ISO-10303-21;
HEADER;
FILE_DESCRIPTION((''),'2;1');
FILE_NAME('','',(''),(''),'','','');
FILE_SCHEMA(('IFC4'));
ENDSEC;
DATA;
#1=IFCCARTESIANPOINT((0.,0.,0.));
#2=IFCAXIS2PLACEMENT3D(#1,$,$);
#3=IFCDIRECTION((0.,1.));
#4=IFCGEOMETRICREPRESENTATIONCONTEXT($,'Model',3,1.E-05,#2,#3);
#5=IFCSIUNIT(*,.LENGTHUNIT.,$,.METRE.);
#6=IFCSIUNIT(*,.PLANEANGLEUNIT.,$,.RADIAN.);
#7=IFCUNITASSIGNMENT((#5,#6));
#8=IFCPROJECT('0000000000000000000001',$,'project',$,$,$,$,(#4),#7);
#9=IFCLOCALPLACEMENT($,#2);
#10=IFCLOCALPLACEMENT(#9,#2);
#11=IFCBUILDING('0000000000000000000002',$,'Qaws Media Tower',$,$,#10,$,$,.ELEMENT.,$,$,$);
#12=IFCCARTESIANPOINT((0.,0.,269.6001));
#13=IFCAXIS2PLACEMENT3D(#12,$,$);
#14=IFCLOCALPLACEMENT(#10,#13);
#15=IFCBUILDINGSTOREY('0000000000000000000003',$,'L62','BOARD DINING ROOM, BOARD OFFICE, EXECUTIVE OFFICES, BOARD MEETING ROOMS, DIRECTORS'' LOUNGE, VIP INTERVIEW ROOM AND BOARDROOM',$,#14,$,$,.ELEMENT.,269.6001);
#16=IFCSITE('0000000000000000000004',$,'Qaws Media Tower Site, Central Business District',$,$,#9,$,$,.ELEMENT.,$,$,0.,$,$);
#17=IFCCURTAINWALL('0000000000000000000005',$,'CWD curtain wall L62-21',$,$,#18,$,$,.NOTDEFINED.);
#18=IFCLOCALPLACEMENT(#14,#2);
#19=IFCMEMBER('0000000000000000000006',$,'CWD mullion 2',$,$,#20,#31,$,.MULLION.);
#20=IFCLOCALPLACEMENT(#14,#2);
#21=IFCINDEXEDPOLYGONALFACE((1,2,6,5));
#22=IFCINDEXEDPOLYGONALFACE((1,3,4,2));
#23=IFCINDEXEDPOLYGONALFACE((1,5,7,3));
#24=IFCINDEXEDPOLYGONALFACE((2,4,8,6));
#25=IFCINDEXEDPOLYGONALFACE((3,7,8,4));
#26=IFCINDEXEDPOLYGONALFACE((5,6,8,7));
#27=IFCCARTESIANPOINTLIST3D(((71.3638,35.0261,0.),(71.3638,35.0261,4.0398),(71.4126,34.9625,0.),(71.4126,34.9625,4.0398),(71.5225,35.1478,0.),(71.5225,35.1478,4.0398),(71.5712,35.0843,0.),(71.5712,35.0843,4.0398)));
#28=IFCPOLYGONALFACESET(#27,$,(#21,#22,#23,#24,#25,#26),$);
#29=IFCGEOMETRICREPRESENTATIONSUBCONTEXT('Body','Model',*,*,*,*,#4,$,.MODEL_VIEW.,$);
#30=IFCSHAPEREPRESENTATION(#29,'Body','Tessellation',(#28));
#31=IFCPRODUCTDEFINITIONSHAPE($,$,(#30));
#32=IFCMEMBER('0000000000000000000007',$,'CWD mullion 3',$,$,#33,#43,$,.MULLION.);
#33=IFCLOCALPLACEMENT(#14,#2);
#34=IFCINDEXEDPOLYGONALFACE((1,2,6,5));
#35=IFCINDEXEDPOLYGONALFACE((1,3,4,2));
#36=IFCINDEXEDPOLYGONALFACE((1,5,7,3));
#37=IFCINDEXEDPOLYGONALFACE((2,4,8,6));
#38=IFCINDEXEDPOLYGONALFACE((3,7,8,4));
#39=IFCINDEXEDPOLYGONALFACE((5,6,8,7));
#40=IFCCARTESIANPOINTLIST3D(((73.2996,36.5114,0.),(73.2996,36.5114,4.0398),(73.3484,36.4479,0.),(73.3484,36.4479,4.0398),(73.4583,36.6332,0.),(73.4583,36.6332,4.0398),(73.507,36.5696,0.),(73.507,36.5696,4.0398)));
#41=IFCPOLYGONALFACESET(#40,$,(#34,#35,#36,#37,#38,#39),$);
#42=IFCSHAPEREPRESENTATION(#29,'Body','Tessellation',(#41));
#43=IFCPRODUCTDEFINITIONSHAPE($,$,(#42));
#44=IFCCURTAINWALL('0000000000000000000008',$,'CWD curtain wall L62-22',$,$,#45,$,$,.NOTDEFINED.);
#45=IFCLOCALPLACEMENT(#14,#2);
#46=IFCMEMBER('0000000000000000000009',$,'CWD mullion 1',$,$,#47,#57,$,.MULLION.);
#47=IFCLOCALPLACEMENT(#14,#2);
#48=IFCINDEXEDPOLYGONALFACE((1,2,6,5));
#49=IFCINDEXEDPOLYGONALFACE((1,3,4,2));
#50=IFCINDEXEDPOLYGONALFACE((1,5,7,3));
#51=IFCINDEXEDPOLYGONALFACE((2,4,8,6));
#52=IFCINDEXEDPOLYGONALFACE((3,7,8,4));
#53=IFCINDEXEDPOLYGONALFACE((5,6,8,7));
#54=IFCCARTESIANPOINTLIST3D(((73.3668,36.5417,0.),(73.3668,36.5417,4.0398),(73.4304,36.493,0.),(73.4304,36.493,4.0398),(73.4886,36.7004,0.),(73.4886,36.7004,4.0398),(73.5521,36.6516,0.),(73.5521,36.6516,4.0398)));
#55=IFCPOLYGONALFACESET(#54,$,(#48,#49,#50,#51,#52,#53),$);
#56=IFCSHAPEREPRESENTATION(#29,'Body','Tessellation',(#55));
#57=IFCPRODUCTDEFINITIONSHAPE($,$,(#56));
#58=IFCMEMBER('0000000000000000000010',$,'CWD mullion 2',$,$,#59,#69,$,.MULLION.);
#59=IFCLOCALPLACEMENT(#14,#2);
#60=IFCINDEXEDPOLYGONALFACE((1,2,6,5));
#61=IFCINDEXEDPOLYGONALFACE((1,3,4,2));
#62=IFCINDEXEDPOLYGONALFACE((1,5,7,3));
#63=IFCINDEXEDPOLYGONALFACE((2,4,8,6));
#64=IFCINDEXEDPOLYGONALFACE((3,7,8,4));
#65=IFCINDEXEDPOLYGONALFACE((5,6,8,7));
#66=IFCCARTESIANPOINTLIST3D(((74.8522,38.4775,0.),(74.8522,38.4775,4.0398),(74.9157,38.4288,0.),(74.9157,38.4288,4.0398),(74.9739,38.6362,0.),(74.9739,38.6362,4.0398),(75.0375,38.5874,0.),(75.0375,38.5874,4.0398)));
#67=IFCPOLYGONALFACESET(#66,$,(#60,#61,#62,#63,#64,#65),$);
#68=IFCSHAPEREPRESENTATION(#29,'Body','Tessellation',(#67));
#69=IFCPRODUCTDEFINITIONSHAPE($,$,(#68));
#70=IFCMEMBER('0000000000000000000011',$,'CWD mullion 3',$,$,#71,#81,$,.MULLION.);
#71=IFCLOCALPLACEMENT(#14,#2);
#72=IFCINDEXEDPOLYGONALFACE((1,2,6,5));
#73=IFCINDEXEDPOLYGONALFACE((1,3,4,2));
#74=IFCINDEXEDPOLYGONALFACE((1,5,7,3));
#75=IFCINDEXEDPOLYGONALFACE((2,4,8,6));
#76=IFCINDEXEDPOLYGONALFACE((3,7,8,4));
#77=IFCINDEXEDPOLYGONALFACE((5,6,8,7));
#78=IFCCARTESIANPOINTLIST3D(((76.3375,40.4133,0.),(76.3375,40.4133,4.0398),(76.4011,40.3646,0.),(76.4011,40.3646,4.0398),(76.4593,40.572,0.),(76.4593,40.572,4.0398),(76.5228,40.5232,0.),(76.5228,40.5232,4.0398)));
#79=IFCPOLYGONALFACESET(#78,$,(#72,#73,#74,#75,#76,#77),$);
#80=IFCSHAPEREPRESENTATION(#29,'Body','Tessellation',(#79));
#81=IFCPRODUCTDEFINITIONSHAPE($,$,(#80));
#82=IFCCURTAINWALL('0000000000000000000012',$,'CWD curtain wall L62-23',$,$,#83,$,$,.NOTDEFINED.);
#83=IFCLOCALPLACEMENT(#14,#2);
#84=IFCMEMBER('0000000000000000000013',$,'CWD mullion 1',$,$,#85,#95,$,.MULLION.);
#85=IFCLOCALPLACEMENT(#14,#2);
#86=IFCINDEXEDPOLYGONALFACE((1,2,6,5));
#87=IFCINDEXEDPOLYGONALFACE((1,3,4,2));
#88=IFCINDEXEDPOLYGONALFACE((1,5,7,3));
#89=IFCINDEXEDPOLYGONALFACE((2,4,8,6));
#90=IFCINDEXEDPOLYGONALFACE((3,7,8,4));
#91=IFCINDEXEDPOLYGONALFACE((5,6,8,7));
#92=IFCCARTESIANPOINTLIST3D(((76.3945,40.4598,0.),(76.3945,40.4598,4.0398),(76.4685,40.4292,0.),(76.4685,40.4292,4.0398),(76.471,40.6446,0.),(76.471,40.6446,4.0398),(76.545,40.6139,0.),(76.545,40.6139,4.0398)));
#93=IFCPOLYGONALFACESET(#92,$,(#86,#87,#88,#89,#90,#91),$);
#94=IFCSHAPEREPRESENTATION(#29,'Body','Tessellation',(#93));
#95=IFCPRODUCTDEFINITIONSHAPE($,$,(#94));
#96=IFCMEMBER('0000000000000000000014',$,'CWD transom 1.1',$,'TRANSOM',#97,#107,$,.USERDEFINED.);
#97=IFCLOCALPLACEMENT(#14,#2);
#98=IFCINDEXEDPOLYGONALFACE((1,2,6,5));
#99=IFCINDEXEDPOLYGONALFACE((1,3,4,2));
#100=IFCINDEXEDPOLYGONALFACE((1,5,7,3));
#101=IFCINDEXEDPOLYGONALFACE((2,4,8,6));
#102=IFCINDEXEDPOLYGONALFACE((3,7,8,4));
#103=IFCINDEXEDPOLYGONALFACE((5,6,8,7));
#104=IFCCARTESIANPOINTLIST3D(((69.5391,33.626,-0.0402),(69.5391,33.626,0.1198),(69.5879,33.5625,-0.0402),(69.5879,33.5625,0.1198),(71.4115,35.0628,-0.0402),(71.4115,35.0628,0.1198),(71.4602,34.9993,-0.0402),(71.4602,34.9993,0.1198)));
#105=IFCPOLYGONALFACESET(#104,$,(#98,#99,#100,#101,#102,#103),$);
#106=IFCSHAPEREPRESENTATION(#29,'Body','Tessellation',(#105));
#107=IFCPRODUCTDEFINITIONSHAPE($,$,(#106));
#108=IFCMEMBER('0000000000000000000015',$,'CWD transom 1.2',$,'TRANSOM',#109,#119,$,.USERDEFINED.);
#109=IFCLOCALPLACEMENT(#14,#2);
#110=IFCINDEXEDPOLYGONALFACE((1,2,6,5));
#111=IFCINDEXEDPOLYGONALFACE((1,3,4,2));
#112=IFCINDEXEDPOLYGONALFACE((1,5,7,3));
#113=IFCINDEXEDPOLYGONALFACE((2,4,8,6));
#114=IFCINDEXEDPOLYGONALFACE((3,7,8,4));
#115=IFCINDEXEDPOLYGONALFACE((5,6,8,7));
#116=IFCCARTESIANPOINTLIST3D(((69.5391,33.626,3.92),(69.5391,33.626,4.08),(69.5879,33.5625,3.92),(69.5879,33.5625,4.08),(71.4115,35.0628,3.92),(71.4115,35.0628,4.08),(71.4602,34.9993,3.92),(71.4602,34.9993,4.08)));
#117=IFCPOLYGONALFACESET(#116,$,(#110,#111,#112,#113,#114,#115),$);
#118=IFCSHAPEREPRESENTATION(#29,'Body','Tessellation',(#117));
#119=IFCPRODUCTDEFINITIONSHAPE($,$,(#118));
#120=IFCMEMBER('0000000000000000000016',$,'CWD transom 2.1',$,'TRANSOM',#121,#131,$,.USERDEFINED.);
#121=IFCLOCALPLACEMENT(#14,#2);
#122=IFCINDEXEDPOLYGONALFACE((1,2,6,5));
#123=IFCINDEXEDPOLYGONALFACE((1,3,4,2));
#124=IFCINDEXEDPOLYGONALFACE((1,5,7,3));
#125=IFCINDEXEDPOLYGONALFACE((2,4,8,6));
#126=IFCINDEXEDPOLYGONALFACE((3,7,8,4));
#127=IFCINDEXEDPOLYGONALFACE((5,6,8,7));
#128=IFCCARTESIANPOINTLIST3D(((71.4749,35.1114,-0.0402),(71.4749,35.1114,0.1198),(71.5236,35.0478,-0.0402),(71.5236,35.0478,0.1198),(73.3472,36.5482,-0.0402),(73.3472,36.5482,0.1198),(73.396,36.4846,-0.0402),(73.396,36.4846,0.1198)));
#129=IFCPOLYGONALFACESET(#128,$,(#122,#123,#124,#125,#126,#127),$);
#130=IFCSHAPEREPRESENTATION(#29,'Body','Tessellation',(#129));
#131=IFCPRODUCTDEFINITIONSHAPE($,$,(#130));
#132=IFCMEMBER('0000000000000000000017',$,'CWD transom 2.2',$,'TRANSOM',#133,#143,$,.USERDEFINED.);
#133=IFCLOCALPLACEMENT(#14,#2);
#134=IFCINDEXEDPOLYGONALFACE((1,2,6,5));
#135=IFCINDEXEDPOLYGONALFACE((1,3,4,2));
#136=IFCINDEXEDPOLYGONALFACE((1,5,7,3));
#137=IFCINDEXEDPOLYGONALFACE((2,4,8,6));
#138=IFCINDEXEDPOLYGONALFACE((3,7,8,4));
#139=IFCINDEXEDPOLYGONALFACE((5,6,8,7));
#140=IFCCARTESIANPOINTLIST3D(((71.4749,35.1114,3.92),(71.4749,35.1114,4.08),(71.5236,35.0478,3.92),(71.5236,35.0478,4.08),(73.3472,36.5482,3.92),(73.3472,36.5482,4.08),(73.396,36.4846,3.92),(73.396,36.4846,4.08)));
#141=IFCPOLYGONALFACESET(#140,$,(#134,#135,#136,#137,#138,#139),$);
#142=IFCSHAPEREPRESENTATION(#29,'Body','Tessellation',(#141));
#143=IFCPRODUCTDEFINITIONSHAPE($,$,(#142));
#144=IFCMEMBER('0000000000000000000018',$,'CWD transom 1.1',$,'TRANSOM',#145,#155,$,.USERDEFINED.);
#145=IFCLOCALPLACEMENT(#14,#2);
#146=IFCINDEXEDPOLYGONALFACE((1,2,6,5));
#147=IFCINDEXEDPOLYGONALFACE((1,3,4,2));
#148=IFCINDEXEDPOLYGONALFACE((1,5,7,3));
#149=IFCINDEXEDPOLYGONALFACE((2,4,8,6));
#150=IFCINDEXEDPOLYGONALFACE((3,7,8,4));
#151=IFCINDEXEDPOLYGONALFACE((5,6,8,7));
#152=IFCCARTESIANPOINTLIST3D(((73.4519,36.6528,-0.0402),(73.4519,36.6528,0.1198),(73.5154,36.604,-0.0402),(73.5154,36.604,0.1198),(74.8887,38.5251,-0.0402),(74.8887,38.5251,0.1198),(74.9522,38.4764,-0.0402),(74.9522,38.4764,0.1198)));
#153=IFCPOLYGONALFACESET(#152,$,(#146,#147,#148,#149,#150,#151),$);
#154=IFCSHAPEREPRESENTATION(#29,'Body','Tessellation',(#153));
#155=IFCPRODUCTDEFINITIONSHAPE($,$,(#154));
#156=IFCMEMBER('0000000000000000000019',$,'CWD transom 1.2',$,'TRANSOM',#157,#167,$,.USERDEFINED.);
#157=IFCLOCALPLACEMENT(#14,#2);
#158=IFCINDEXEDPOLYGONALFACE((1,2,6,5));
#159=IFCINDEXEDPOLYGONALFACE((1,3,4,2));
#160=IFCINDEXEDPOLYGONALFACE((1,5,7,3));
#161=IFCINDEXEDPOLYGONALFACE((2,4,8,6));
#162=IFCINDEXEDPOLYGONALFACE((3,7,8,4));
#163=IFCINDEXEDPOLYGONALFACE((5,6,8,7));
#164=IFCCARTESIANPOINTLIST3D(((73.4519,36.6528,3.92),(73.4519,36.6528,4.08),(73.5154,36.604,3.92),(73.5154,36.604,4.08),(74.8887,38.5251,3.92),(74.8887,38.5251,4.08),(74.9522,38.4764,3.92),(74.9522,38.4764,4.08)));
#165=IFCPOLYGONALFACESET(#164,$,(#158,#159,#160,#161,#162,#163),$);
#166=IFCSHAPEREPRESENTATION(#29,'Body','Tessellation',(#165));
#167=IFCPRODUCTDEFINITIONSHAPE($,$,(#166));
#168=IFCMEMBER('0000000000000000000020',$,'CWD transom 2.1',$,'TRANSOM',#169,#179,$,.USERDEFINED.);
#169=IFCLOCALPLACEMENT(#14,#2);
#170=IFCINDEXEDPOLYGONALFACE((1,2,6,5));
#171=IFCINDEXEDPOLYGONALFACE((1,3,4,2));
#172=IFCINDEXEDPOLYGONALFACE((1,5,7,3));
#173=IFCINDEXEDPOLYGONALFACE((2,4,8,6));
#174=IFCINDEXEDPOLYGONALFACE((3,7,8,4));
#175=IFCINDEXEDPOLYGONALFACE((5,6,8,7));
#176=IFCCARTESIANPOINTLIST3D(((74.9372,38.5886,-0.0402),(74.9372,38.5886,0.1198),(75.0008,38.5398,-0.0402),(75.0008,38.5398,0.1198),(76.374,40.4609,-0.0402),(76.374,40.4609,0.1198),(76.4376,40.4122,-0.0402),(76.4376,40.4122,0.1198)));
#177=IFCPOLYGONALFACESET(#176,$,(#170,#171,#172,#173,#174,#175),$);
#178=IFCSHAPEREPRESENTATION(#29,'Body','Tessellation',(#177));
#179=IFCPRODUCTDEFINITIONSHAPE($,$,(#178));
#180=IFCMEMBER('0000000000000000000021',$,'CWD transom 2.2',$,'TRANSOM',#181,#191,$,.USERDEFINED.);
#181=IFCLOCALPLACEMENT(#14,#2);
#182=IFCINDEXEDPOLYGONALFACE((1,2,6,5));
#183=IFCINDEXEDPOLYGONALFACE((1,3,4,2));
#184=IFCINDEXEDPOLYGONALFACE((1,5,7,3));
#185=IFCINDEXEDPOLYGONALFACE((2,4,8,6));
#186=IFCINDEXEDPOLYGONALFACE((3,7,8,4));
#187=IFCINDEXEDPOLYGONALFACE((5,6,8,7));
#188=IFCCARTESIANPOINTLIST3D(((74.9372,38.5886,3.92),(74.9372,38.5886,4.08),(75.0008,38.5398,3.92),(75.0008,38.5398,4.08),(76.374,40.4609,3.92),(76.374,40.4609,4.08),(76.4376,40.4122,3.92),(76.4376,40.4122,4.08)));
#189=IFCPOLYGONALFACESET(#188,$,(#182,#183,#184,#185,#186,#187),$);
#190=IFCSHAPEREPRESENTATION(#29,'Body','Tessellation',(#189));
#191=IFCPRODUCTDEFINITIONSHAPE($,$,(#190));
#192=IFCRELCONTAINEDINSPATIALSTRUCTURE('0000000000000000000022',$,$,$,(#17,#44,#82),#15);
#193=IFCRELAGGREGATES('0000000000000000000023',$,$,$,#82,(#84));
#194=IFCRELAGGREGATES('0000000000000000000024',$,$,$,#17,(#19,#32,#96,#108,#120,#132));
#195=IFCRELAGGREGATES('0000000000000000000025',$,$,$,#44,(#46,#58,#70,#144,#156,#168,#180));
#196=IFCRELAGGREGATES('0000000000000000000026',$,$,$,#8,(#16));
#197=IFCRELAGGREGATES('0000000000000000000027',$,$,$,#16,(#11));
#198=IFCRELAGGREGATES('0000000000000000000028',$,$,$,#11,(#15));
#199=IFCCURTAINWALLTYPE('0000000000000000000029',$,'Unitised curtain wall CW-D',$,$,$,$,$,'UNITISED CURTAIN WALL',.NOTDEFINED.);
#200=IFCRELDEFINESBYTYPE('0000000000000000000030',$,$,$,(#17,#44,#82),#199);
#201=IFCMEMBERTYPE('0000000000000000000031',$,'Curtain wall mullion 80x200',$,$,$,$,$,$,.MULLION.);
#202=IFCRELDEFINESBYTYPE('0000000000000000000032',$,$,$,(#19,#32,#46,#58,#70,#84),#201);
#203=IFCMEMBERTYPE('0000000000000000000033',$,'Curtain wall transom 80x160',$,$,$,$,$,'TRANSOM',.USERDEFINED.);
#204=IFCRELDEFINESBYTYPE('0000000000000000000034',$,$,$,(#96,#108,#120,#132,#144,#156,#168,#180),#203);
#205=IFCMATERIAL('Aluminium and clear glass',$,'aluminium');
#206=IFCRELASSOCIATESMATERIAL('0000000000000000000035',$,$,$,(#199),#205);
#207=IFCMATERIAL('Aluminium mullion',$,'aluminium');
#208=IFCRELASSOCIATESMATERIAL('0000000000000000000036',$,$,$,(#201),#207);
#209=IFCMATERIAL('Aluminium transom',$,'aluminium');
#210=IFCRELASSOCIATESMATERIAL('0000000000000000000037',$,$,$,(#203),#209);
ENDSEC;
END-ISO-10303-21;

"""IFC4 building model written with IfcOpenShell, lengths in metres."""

from ifc_helpers import new_model, si_unit, direction, frame, origin, origin_2d, place, context, subcontext, project, spatial, rectangle, extrude, material, material_profile, profile_set, type_object, element, aggregate, save


model = new_model("IFC4")

# Units and contexts
model_context = context("Model", 3, precision=1e-05, world=origin(), true_north=direction((0.0, 1.0)))
body_context = subcontext(model_context, "Body", "Model", "MODEL_VIEW")
ifc_project = project(units=[si_unit("LENGTHUNIT", "METRE"), si_unit("PLANEANGLEUNIT", "RADIAN")], contexts=[model_context])

# Site, building, storey
site_placement = place(None, origin())
site = spatial("IfcSite", under=ifc_project, at=site_placement, Name="Qaws Media Tower Site, Central Business District", CompositionType="ELEMENT", RefElevation=0.0)
building_placement = place(site_placement, origin())
building = spatial("IfcBuilding", under=site, at=building_placement, Name="Qaws Media Tower", CompositionType="ELEMENT")
storey_placement = place(building_placement, frame((0.0, 0.0, 269.6001)))
storey = spatial("IfcBuildingStorey", under=building, at=storey_placement, Name="L62", Description="BOARD DINING ROOM, BOARD OFFICE, EXECUTIVE OFFICES, BOARD MEETING ROOMS, DIRECTORS' LOUNGE, VIP INTERVIEW ROOM AND BOARDROOM", CompositionType="ELEMENT", Elevation=269.6001)

# Curtain walls, members
ifc_material_1 = material(Name="Aluminium and clear glass", Category="aluminium")
curtain_wall_type = type_object("IfcCurtainWallType", Name="Unitised curtain wall CW-D", ElementType="UNITISED CURTAIN WALL", PredefinedType="NOTDEFINED", material=ifc_material_1)
curtain_wall_1_placement = place(storey_placement, origin())
curtain_wall_1 = element("IfcCurtainWall", 1, at=curtain_wall_1_placement, inside=storey, type_object=curtain_wall_type, Name="CWD curtain wall L62-21", PredefinedType="NOTDEFINED")
ifc_material_2 = material(Name="Aluminium mullion", Category="aluminium")
ifc_material_profile_1 = material_profile(ifc_material_2, rectangle(XDim=0.0801, YDim=0.2, at=origin_2d()), Name="80x200")
ifc_profile_set_1 = profile_set([ifc_material_profile_1], Name="Aluminium mullion")
member_type_1 = type_object("IfcMemberType", Name="Curtain wall mullion 80x200", PredefinedType="MULLION", material=ifc_profile_set_1)
member_1_placement = place(storey_placement, frame((71.4675, 35.0552, 0.0), z_axis=(0.0, 0.0, 1.0), x_axis=(-0.608761, 0.793353, 0.0)))
member_1 = element("IfcMember", 2, at=member_1_placement, type_object=member_type_1, Name="CWD mullion 2", PredefinedType="MULLION", context=body_context, shape_type="SweptSolid", body=[
    extrude(rectangle(XDim=0.0801, YDim=0.2, at=origin_2d()), origin(), (0.0, 0.0, 1.0), 4.0398),
])
member_2_placement = place(storey_placement, frame((73.4033, 36.5405, 0.0), z_axis=(0.0, 0.0, 1.0), x_axis=(-0.608761, 0.793353, 0.0)))
member_2 = element("IfcMember", 3, at=member_2_placement, type_object=member_type_1, Name="CWD mullion 3", PredefinedType="MULLION", context=body_context, shape_type="SweptSolid", body=[
    extrude(rectangle(XDim=0.0801, YDim=0.2, at=origin_2d()), origin(), (0.0, 0.0, 1.0), 4.0398),
])
curtain_wall_2_placement = place(storey_placement, origin())
curtain_wall_2 = element("IfcCurtainWall", 4, at=curtain_wall_2_placement, inside=storey, type_object=curtain_wall_type, Name="CWD curtain wall L62-22", PredefinedType="NOTDEFINED")
member_3_placement = place(storey_placement, frame((73.4595, 36.5967, 0.0), z_axis=(0.0, 0.0, 1.0), x_axis=(-0.793353, 0.608761, 0.0)))
member_3 = element("IfcMember", 5, at=member_3_placement, type_object=member_type_1, Name="CWD mullion 1", PredefinedType="MULLION", context=body_context, shape_type="SweptSolid", body=[
    extrude(rectangle(XDim=0.0801, YDim=0.2, at=origin_2d()), origin(), (0.0, 0.0, 1.0), 4.0398),
])
member_4_placement = place(storey_placement, frame((74.9448, 38.5325, 0.0), z_axis=(0.0, 0.0, 1.0), x_axis=(-0.793353, 0.608761, 0.0)))
member_4 = element("IfcMember", 6, at=member_4_placement, type_object=member_type_1, Name="CWD mullion 2", PredefinedType="MULLION", context=body_context, shape_type="SweptSolid", body=[
    extrude(rectangle(XDim=0.0801, YDim=0.2, at=origin_2d()), origin(), (0.0, 0.0, 1.0), 4.0398),
])
member_5_placement = place(storey_placement, frame((76.4302, 40.4683, 0.0), z_axis=(0.0, 0.0, 1.0), x_axis=(-0.793353, 0.608761, 0.0)))
member_5 = element("IfcMember", 7, at=member_5_placement, type_object=member_type_1, Name="CWD mullion 3", PredefinedType="MULLION", context=body_context, shape_type="SweptSolid", body=[
    extrude(rectangle(XDim=0.0801, YDim=0.2, at=origin_2d()), origin(), (0.0, 0.0, 1.0), 4.0398),
])

# Curtain wall, member
curtain_wall_3_placement = place(storey_placement, origin())
curtain_wall_3 = element("IfcCurtainWall", 8, at=curtain_wall_3_placement, inside=storey, type_object=curtain_wall_type, Name="CWD curtain wall L62-23", PredefinedType="NOTDEFINED")
member_6_placement = place(storey_placement, frame((76.4697, 40.5369, 0.0), z_axis=(0.0, 0.0, 1.0), x_axis=(-0.92388, 0.382683, 0.0)))
member_6 = element("IfcMember", 9, at=member_6_placement, type_object=member_type_1, Name="CWD mullion 1", PredefinedType="MULLION", context=body_context, shape_type="SweptSolid", body=[
    extrude(rectangle(XDim=0.0801, YDim=0.2, at=origin_2d()), origin(), (0.0, 0.0, 1.0), 4.0398),
])

# Members
ifc_material_3 = material(Name="Aluminium transom", Category="aluminium")
ifc_material_profile_2 = material_profile(ifc_material_3, rectangle(XDim=0.0801, YDim=0.1599, at=origin_2d()), Name="80x160")
ifc_profile_set_2 = profile_set([ifc_material_profile_2], Name="Aluminium transom")
member_type_2 = type_object("IfcMemberType", Name="Curtain wall transom 80x160", ElementType="TRANSOM", PredefinedType="USERDEFINED", material=ifc_profile_set_2)
member_7_placement = place(storey_placement, frame((69.5635, 33.5942, 0.0398), z_axis=(0.793335, 0.608785, 0.0), x_axis=(-0.608785, 0.793335, 0.0)))
member_7 = element("IfcMember", 10, at=member_7_placement, type_object=member_type_2, Name="CWD transom 1.1", ObjectType="TRANSOM", PredefinedType="USERDEFINED", context=body_context, shape_type="SweptSolid", body=[
    extrude(rectangle(XDim=0.0801, YDim=0.1599, at=origin_2d()), origin(), (0.0, 0.0, 1.0), 2.3601),
])
member_8_placement = place(storey_placement, frame((69.5635, 33.5942, 4.0), z_axis=(0.793335, 0.608785, 0.0), x_axis=(-0.608785, 0.793335, 0.0)))
member_8 = element("IfcMember", 11, at=member_8_placement, type_object=member_type_2, Name="CWD transom 1.2", ObjectType="TRANSOM", PredefinedType="USERDEFINED", context=body_context, shape_type="SweptSolid", body=[
    extrude(rectangle(XDim=0.0801, YDim=0.1599, at=origin_2d()), origin(), (0.0, 0.0, 1.0), 2.3601),
])
member_9_placement = place(storey_placement, frame((71.4993, 35.0796, 0.0398), z_axis=(0.793335, 0.608785, 0.0), x_axis=(-0.608785, 0.793335, 0.0)))
member_9 = element("IfcMember", 12, at=member_9_placement, type_object=member_type_2, Name="CWD transom 2.1", ObjectType="TRANSOM", PredefinedType="USERDEFINED", context=body_context, shape_type="SweptSolid", body=[
    extrude(rectangle(XDim=0.0801, YDim=0.1599, at=origin_2d()), origin(), (0.0, 0.0, 1.0), 2.3601),
])
member_10_placement = place(storey_placement, frame((71.4993, 35.0796, 4.0), z_axis=(0.793335, 0.608785, 0.0), x_axis=(-0.608785, 0.793335, 0.0)))
member_10 = element("IfcMember", 13, at=member_10_placement, type_object=member_type_2, Name="CWD transom 2.2", ObjectType="TRANSOM", PredefinedType="USERDEFINED", context=body_context, shape_type="SweptSolid", body=[
    extrude(rectangle(XDim=0.0801, YDim=0.1599, at=origin_2d()), origin(), (0.0, 0.0, 1.0), 2.3601),
])
member_11_placement = place(storey_placement, frame((73.4836, 36.6284, 0.0398), z_axis=(0.608785, 0.793335, 0.0), x_axis=(-0.793335, 0.608785, 0.0)))
member_11 = element("IfcMember", 14, at=member_11_placement, type_object=member_type_2, Name="CWD transom 1.1", ObjectType="TRANSOM", PredefinedType="USERDEFINED", context=body_context, shape_type="SweptSolid", body=[
    extrude(rectangle(XDim=0.0801, YDim=0.1599, at=origin_2d()), origin(), (0.0, 0.0, 1.0), 2.3601),
])
member_12_placement = place(storey_placement, frame((73.4836, 36.6284, 4.0), z_axis=(0.608785, 0.793335, 0.0), x_axis=(-0.793335, 0.608785, 0.0)))
member_12 = element("IfcMember", 15, at=member_12_placement, type_object=member_type_2, Name="CWD transom 1.2", ObjectType="TRANSOM", PredefinedType="USERDEFINED", context=body_context, shape_type="SweptSolid", body=[
    extrude(rectangle(XDim=0.0801, YDim=0.1599, at=origin_2d()), origin(), (0.0, 0.0, 1.0), 2.3601),
])
member_13_placement = place(storey_placement, frame((74.969, 38.5642, 0.0398), z_axis=(0.608785, 0.793335, 0.0), x_axis=(-0.793335, 0.608785, 0.0)))
member_13 = element("IfcMember", 16, at=member_13_placement, type_object=member_type_2, Name="CWD transom 2.1", ObjectType="TRANSOM", PredefinedType="USERDEFINED", context=body_context, shape_type="SweptSolid", body=[
    extrude(rectangle(XDim=0.0801, YDim=0.1599, at=origin_2d()), origin(), (0.0, 0.0, 1.0), 2.3601),
])
member_14_placement = place(storey_placement, frame((74.969, 38.5642, 4.0), z_axis=(0.608785, 0.793335, 0.0), x_axis=(-0.793335, 0.608785, 0.0)))
member_14 = element("IfcMember", 17, at=member_14_placement, type_object=member_type_2, Name="CWD transom 2.2", ObjectType="TRANSOM", PredefinedType="USERDEFINED", context=body_context, shape_type="SweptSolid", body=[
    extrude(rectangle(XDim=0.0801, YDim=0.1599, at=origin_2d()), origin(), (0.0, 0.0, 1.0), 2.3601),
])
aggregate(curtain_wall_3, [member_6])

aggregate(curtain_wall_1, [member_1, member_2, member_7, member_8, member_9, member_10])
aggregate(curtain_wall_2, [member_3, member_4, member_5, member_11, member_12, member_13, member_14])

save(model, "model.ifc")
